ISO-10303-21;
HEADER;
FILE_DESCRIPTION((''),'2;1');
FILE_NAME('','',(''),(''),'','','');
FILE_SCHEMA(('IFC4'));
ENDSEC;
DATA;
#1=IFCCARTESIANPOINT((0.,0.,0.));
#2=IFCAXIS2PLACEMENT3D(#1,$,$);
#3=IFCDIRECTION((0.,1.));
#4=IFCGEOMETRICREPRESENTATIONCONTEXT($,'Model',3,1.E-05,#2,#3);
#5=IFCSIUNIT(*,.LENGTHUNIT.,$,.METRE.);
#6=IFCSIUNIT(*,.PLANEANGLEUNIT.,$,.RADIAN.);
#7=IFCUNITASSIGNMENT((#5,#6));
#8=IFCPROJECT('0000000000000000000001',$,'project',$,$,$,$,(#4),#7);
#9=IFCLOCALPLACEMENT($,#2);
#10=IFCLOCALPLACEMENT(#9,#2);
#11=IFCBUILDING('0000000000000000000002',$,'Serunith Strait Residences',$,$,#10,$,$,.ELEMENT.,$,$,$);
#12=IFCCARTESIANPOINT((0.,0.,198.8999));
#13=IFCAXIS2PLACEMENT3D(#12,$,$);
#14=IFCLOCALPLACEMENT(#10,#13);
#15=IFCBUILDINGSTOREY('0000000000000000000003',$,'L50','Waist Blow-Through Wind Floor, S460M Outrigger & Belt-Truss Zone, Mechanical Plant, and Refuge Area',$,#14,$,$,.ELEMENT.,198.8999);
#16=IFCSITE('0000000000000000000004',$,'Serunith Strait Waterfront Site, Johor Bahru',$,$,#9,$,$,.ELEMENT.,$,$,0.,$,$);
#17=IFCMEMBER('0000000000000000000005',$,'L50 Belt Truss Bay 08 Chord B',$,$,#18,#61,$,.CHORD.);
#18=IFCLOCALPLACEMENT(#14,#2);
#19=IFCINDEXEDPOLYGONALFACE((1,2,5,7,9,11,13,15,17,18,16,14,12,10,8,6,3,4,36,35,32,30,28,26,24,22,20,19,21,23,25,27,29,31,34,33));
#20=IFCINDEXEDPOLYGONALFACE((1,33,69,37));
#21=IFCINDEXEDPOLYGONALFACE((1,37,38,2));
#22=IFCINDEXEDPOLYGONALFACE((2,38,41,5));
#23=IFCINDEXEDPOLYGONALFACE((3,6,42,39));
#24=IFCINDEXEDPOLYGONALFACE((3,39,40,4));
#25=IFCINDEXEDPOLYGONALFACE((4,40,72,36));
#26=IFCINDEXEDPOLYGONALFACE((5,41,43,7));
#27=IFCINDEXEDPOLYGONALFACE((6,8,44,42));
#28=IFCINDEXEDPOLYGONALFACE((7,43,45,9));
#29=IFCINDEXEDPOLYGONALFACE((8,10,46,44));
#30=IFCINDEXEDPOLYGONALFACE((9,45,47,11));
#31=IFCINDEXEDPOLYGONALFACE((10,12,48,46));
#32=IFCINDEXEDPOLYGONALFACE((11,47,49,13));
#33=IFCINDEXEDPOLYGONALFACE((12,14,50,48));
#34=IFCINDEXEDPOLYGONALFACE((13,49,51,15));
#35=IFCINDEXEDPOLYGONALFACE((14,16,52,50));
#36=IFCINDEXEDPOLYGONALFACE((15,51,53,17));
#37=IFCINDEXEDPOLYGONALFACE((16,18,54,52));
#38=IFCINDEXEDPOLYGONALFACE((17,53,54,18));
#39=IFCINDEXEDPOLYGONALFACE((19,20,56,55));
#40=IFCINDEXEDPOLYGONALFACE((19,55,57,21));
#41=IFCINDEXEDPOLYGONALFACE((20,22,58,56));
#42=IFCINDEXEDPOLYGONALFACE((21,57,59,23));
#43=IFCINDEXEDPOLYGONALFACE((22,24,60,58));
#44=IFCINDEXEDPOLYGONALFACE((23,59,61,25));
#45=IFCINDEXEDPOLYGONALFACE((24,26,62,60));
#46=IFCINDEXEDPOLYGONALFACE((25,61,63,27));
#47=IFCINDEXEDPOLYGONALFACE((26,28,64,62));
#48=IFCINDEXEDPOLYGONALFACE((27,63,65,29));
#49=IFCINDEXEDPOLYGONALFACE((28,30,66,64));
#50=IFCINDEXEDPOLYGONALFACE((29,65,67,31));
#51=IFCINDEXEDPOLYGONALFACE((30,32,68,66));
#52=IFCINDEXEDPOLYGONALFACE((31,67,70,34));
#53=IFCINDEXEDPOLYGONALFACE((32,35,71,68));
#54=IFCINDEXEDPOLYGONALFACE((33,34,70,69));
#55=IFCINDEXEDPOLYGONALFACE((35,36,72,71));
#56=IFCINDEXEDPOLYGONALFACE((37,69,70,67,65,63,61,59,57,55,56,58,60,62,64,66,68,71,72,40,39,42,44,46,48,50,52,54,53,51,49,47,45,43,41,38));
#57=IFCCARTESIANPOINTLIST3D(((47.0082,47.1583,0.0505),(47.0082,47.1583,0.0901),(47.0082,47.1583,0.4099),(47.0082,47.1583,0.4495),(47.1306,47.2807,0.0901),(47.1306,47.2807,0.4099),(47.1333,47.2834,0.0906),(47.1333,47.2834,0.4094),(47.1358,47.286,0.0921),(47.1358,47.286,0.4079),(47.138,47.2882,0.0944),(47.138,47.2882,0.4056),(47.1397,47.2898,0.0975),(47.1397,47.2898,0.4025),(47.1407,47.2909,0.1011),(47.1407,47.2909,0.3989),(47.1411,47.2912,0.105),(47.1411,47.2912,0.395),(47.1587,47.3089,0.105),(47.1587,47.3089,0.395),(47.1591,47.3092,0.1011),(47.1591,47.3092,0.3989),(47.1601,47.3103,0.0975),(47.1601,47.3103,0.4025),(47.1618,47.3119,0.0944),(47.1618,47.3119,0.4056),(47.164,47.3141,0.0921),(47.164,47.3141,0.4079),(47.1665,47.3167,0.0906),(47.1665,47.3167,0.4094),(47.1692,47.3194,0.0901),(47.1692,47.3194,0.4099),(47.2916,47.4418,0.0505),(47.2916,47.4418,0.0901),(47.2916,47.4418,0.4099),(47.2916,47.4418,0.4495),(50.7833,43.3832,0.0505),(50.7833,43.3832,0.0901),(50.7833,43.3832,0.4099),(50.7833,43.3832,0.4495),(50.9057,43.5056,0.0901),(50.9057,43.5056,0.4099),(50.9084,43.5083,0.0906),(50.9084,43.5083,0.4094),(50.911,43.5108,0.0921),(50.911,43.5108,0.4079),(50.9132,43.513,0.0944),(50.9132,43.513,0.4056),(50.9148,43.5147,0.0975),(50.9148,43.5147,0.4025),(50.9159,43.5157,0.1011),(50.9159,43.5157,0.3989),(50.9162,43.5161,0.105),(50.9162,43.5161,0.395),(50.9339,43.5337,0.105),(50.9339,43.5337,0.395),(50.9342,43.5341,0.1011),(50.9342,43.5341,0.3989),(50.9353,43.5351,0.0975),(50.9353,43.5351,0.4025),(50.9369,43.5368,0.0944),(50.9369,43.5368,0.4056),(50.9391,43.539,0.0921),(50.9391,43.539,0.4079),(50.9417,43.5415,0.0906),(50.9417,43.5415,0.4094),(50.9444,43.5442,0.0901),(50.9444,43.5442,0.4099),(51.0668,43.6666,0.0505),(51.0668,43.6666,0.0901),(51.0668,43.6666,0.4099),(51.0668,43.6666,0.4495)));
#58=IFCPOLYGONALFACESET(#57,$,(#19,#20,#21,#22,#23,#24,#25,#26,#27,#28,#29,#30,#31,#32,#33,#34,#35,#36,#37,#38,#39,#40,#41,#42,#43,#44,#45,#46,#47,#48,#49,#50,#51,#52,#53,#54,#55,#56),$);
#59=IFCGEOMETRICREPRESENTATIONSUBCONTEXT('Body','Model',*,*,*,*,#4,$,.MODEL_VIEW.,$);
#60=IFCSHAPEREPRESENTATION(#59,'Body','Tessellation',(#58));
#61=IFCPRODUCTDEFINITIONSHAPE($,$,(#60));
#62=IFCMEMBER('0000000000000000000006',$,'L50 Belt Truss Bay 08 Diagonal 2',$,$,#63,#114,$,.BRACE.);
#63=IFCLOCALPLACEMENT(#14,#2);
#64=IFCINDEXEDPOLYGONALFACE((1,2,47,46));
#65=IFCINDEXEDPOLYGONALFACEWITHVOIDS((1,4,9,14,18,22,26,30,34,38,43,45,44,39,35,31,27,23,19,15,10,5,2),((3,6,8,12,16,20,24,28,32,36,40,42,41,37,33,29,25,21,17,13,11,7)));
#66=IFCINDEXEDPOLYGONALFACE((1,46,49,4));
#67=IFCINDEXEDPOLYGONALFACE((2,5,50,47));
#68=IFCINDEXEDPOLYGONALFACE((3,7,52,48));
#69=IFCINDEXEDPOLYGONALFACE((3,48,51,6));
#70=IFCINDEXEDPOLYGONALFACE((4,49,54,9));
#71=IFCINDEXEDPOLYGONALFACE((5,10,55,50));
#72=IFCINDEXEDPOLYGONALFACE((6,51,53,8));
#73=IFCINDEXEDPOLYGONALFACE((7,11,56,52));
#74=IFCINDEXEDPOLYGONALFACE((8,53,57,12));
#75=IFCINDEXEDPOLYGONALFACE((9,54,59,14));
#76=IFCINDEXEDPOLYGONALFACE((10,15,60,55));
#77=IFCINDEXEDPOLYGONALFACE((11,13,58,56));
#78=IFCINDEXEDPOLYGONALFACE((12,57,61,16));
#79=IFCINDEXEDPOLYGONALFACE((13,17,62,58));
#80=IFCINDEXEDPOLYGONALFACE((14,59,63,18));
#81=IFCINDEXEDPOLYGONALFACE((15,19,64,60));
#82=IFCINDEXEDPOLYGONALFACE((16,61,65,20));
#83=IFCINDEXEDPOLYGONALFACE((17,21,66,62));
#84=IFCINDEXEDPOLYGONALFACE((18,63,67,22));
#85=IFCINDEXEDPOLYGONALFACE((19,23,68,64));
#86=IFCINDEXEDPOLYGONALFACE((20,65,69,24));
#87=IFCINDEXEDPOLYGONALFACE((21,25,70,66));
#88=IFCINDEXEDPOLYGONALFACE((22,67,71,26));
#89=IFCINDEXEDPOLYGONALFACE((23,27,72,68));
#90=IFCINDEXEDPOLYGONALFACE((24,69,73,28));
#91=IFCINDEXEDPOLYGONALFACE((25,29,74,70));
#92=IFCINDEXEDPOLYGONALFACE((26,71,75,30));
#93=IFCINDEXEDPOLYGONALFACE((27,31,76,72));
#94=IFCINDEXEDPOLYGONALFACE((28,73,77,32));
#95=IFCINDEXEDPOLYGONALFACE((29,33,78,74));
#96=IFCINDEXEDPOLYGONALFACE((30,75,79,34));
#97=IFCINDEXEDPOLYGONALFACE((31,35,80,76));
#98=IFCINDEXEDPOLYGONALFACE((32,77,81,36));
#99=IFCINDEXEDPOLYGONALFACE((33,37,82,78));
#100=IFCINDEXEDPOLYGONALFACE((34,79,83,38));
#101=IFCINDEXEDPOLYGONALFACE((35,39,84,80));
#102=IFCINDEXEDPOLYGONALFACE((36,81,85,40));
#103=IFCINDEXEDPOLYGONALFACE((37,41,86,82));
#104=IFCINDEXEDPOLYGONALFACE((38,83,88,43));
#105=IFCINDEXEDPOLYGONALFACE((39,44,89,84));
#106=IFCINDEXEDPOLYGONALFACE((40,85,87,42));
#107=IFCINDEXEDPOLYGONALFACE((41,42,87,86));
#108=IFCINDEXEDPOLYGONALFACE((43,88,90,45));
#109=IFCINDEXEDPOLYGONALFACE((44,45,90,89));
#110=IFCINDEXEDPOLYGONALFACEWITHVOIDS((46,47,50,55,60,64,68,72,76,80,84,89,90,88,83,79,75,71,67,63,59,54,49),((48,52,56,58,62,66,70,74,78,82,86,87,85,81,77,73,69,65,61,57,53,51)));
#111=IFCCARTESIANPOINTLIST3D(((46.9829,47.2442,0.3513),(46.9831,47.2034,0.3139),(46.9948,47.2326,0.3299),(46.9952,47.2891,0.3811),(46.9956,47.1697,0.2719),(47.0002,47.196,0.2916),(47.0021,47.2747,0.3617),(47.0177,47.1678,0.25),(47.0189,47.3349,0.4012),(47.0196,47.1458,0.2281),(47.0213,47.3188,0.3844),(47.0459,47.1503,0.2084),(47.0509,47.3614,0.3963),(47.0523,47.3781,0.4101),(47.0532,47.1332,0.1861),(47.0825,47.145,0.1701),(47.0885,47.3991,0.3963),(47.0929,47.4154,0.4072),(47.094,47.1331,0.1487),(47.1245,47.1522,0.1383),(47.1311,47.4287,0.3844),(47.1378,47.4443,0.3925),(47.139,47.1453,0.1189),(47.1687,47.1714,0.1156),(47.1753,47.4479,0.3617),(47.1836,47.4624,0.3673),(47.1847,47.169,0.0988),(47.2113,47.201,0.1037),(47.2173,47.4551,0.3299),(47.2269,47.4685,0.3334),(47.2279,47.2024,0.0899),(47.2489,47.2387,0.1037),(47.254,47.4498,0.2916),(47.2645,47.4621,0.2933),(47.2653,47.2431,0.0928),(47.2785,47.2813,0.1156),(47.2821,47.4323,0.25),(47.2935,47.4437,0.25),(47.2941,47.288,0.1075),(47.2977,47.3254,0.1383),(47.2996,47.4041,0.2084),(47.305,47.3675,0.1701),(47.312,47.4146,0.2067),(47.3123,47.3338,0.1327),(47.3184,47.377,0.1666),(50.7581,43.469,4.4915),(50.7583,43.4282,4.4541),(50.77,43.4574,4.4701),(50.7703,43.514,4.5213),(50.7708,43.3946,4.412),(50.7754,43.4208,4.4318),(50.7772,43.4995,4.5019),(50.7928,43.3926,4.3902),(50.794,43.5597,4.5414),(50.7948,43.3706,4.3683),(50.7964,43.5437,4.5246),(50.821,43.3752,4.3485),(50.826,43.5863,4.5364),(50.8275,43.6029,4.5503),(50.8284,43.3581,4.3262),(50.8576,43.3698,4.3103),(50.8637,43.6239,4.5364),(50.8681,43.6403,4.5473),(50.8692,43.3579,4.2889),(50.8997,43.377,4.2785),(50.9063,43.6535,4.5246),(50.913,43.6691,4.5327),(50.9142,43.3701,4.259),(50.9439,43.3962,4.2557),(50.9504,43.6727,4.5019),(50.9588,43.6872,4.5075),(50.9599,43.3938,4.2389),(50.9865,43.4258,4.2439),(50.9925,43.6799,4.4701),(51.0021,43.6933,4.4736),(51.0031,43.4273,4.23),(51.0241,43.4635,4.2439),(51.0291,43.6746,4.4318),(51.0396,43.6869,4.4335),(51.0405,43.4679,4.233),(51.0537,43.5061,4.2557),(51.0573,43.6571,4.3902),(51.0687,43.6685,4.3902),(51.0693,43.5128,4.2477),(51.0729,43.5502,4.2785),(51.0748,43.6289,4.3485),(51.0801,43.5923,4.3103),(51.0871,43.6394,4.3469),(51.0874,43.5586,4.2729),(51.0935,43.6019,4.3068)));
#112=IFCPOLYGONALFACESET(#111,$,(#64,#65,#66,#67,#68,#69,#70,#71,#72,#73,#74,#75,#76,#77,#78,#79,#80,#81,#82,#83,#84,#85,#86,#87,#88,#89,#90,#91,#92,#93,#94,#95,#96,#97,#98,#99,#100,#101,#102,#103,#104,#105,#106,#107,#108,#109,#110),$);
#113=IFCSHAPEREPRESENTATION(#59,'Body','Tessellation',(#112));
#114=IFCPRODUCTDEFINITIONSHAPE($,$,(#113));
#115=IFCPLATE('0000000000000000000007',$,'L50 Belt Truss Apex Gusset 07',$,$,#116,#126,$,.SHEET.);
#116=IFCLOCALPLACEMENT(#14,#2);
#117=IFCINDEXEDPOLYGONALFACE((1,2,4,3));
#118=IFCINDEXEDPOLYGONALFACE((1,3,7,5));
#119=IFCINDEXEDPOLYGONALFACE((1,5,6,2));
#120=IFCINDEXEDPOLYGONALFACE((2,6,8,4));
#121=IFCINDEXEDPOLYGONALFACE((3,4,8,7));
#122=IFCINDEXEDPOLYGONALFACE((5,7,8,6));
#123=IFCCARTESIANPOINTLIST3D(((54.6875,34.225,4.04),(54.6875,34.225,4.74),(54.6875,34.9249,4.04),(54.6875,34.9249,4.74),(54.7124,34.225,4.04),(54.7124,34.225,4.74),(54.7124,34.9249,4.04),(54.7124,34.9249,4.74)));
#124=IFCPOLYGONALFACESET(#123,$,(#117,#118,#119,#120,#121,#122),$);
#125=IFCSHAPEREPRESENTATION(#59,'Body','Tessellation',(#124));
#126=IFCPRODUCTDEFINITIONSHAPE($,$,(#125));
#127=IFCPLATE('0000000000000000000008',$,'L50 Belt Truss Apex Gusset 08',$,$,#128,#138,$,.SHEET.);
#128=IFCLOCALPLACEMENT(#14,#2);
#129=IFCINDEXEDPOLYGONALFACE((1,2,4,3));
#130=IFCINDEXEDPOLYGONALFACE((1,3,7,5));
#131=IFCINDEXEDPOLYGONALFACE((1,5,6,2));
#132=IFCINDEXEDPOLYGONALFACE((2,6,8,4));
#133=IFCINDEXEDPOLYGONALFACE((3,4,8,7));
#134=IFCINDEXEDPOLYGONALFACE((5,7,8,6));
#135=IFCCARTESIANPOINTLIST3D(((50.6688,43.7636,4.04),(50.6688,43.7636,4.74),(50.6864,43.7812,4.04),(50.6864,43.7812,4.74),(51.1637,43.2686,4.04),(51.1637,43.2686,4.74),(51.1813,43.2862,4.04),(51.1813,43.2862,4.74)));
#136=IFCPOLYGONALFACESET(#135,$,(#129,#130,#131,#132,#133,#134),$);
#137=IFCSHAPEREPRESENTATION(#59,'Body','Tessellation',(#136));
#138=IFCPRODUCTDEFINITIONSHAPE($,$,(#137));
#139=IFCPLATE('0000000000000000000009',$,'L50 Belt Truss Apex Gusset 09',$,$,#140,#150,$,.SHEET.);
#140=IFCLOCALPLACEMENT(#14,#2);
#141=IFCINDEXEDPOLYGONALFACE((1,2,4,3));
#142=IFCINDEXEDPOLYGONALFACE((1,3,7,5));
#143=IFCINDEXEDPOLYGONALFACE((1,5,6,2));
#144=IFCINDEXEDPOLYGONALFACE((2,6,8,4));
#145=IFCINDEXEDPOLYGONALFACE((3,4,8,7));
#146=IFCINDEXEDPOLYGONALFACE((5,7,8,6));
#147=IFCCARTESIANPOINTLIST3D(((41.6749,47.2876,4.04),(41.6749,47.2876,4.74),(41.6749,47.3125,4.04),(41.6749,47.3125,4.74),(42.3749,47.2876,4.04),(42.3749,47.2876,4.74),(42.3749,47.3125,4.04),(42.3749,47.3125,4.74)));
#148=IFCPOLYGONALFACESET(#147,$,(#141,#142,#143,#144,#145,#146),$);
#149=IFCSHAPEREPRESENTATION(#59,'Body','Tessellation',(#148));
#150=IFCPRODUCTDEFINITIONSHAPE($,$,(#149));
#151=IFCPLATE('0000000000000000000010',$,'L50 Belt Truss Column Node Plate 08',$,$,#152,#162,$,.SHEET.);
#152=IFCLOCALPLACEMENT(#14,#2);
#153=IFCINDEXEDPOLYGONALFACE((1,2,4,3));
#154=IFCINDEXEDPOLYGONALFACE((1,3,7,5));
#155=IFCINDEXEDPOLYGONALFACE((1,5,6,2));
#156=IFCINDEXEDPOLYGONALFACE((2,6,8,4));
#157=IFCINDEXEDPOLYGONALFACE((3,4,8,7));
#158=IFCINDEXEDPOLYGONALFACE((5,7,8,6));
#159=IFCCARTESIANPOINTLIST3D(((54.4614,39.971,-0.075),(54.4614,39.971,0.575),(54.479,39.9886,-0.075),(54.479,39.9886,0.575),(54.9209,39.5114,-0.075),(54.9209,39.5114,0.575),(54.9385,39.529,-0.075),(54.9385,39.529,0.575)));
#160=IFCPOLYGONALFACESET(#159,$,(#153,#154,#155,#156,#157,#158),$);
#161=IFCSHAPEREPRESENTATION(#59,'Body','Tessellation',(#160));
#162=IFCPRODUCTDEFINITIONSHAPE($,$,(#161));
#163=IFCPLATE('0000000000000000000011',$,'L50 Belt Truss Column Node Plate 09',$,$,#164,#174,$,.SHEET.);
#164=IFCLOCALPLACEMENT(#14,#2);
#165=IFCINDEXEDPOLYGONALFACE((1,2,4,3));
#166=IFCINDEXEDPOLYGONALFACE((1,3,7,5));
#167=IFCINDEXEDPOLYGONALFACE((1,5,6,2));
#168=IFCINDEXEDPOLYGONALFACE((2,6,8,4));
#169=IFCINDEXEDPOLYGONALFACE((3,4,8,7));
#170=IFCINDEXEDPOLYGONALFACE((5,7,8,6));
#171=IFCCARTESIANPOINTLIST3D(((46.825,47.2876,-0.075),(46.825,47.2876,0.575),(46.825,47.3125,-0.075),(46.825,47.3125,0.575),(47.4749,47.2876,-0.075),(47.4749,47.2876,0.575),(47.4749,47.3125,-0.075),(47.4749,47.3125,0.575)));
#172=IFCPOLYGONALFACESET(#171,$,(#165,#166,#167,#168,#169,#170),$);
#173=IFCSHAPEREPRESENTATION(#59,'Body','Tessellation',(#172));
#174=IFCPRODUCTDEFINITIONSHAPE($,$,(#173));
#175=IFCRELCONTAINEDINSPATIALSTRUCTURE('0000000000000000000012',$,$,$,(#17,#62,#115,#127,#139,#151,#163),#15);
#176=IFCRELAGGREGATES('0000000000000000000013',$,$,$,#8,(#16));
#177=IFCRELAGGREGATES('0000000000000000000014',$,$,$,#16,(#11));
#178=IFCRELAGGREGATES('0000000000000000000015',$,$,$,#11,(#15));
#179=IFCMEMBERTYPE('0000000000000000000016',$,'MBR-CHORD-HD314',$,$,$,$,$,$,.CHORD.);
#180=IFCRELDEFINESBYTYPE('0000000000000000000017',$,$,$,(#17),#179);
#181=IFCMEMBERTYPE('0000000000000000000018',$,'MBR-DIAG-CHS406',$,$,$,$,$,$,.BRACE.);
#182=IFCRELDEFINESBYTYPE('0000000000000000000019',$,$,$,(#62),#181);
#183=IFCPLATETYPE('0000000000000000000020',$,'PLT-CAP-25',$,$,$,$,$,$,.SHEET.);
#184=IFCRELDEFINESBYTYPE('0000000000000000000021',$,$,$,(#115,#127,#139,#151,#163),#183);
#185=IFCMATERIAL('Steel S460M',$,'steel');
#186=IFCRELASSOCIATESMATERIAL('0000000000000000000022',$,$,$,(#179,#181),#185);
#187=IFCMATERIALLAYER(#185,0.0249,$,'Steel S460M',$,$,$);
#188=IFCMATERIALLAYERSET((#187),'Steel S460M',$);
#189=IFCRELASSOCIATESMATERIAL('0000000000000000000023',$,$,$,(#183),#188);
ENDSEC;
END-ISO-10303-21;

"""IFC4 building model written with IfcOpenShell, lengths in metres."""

from ifc_helpers import new_model, si_unit, direction, frame, origin, origin_2d, place, context, subcontext, project, spatial, rectangle, hollow_circle, i_section, extrude, source, transform, mapped, material, layer, layer_set, material_profile, profile_set, type_object, element, save


model = new_model("IFC4")

# Units and contexts
model_context = context("Model", 3, precision=1e-05, world=origin(), true_north=direction((0.0, 1.0)))
body_context = subcontext(model_context, "Body", "Model", "MODEL_VIEW")
ifc_project = project(units=[si_unit("LENGTHUNIT", "METRE"), si_unit("PLANEANGLEUNIT", "RADIAN")], contexts=[model_context])

# Site, building, storey
site_placement = place(None, origin())
site = spatial("IfcSite", under=ifc_project, at=site_placement, Name="Serunith Strait Waterfront Site, Johor Bahru", CompositionType="ELEMENT", RefElevation=0.0)
building_placement = place(site_placement, origin())
building = spatial("IfcBuilding", under=site, at=building_placement, Name="Serunith Strait Residences", CompositionType="ELEMENT")
storey_placement = place(building_placement, frame((0.0, 0.0, 198.8999)))
storey = spatial("IfcBuildingStorey", under=building, at=storey_placement, Name="L50", Description="Waist Blow-Through Wind Floor, S460M Outrigger & Belt-Truss Zone, Mechanical Plant, and Refuge Area", CompositionType="ELEMENT", Elevation=198.8999)

# Members
ifc_material_1 = material(Name="Steel S460M", Category="steel")
ifc_material_profile_1 = material_profile(ifc_material_1, i_section(OverallWidth=0.4009, OverallDepth=0.3989, WebThickness=0.0249, FlangeThickness=0.0396, FilletRadius=0.0149, at=origin_2d()), Name="HD 400x314")
ifc_profile_set_1 = profile_set([ifc_material_profile_1], Name="Steel S460M")
member_type_1 = type_object("IfcMemberType", Name="MBR-CHORD-HD314", PredefinedType="CHORD", material=ifc_profile_set_1)
ifc_material_profile_2 = material_profile(ifc_material_1, hollow_circle(Radius=0.2031, WallThickness=0.0161, at=origin_2d()), Name="CHS 406.4x16")
ifc_profile_set_2 = profile_set([ifc_material_profile_2], Name="Steel S460M")
member_type_2 = type_object("IfcMemberType", Name="MBR-DIAG-CHS406", PredefinedType="BRACE", material=ifc_profile_set_2)
shared_shape_1 = source(origin(), body_context, "Body", "SweptSolid", [
    extrude(i_section(OverallWidth=0.4009, OverallDepth=0.3989, WebThickness=0.0249, FlangeThickness=0.0396, FilletRadius=0.0149, at=origin_2d()), origin(), (0.0, 0.0, 1.0), 5.3389),
])
member_1_placement = place(storey_placement, frame((50.925, 43.5249, 0.25), z_axis=(-0.707107, 0.707107, 0.0), x_axis=(-0.707107, -0.707107, 0.0)))
element("IfcMember", 1, at=member_1_placement, inside=storey, type_object=member_type_1, Name="L50 Belt Truss Bay 08 Chord B", PredefinedType="CHORD", context=body_context, shape_type="MappedRepresentation", body=[
    mapped(shared_shape_1, transform((0.0, 0.0, 0.0), scale=1.0)),
])
shared_shape_2 = source(origin(), body_context, "Body", "SweptSolid", [
    extrude(hollow_circle(Radius=0.2031, WallThickness=0.0161, at=origin_2d()), origin(), (0.0, 0.0, 1.0), 6.7561),
])
member_2_placement = place(storey_placement, frame((47.1499, 47.3, 0.25), z_axis=(0.55878, -0.55878, 0.612804), x_axis=(0.707107, 0.707107, 0.0)))
element("IfcMember", 2, at=member_2_placement, inside=storey, type_object=member_type_2, Name="L50 Belt Truss Bay 08 Diagonal 2", PredefinedType="BRACE", context=body_context, shape_type="MappedRepresentation", body=[
    mapped(shared_shape_2, transform((0.0, 0.0, 0.0), scale=1.0)),
])

# Plates
ifc_layer = layer(ifc_material_1, 0.0249, Name="Steel S460M")
ifc_layer_set = layer_set([ifc_layer], Name="Steel S460M")
plate_type = type_object("IfcPlateType", Name="PLT-CAP-25", PredefinedType="SHEET", material=ifc_layer_set)
shared_shape_3 = source(origin(), body_context, "Body", "SweptSolid", [
    extrude(rectangle(XDim=0.7, YDim=0.0249, at=origin_2d()), origin(), (0.0, 0.0, 1.0), 0.7),
])
for number, where, z_axis, x_axis, name in (
    (3, (54.7, 34.575, 4.04), (0.0, 0.0, 1.0), (0.0, 1.0, 0.0), "L50 Belt Truss Apex Gusset 07"),
    (4, (50.925, 43.5249, 4.04), (0.0, 0.0, 1.0), (-0.707107, 0.707107, 0.0), "L50 Belt Truss Apex Gusset 08"),
    (5, (42.0249, 47.3, 4.04), (0.0, 0.0, 1.0), (-1.0, 0.0, 0.0), "L50 Belt Truss Apex Gusset 09"),
):
    element("IfcPlate", number, at=place(storey_placement, frame(where, z_axis=z_axis, x_axis=x_axis)), inside=storey, type_object=plate_type, Name=name, PredefinedType="SHEET", context=body_context, shape_type="MappedRepresentation", body=[
        mapped(shared_shape_3, transform((0.0, 0.0, 0.0), scale=1.0)),
    ])
shared_shape_4 = source(origin(), body_context, "Body", "SweptSolid", [
    extrude(rectangle(XDim=0.6499, YDim=0.0249, at=origin_2d()), origin(), (0.0, 0.0, 1.0), 0.6499),
])
for number, where, z_axis, x_axis, name in (
    (6, (54.7, 39.75, -0.075), (0.0, 0.0, 1.0), (-0.707107, 0.707107, 0.0), "L50 Belt Truss Column Node Plate 08"),
    (7, (47.1499, 47.3, -0.075), (0.0, 0.0, 1.0), (-1.0, 0.0, 0.0), "L50 Belt Truss Column Node Plate 09"),
):
    element("IfcPlate", number, at=place(storey_placement, frame(where, z_axis=z_axis, x_axis=x_axis)), inside=storey, type_object=plate_type, Name=name, PredefinedType="SHEET", context=body_context, shape_type="MappedRepresentation", body=[
        mapped(shared_shape_4, transform((0.0, 0.0, 0.0), scale=1.0)),
    ])

save(model, "model.ifc")
